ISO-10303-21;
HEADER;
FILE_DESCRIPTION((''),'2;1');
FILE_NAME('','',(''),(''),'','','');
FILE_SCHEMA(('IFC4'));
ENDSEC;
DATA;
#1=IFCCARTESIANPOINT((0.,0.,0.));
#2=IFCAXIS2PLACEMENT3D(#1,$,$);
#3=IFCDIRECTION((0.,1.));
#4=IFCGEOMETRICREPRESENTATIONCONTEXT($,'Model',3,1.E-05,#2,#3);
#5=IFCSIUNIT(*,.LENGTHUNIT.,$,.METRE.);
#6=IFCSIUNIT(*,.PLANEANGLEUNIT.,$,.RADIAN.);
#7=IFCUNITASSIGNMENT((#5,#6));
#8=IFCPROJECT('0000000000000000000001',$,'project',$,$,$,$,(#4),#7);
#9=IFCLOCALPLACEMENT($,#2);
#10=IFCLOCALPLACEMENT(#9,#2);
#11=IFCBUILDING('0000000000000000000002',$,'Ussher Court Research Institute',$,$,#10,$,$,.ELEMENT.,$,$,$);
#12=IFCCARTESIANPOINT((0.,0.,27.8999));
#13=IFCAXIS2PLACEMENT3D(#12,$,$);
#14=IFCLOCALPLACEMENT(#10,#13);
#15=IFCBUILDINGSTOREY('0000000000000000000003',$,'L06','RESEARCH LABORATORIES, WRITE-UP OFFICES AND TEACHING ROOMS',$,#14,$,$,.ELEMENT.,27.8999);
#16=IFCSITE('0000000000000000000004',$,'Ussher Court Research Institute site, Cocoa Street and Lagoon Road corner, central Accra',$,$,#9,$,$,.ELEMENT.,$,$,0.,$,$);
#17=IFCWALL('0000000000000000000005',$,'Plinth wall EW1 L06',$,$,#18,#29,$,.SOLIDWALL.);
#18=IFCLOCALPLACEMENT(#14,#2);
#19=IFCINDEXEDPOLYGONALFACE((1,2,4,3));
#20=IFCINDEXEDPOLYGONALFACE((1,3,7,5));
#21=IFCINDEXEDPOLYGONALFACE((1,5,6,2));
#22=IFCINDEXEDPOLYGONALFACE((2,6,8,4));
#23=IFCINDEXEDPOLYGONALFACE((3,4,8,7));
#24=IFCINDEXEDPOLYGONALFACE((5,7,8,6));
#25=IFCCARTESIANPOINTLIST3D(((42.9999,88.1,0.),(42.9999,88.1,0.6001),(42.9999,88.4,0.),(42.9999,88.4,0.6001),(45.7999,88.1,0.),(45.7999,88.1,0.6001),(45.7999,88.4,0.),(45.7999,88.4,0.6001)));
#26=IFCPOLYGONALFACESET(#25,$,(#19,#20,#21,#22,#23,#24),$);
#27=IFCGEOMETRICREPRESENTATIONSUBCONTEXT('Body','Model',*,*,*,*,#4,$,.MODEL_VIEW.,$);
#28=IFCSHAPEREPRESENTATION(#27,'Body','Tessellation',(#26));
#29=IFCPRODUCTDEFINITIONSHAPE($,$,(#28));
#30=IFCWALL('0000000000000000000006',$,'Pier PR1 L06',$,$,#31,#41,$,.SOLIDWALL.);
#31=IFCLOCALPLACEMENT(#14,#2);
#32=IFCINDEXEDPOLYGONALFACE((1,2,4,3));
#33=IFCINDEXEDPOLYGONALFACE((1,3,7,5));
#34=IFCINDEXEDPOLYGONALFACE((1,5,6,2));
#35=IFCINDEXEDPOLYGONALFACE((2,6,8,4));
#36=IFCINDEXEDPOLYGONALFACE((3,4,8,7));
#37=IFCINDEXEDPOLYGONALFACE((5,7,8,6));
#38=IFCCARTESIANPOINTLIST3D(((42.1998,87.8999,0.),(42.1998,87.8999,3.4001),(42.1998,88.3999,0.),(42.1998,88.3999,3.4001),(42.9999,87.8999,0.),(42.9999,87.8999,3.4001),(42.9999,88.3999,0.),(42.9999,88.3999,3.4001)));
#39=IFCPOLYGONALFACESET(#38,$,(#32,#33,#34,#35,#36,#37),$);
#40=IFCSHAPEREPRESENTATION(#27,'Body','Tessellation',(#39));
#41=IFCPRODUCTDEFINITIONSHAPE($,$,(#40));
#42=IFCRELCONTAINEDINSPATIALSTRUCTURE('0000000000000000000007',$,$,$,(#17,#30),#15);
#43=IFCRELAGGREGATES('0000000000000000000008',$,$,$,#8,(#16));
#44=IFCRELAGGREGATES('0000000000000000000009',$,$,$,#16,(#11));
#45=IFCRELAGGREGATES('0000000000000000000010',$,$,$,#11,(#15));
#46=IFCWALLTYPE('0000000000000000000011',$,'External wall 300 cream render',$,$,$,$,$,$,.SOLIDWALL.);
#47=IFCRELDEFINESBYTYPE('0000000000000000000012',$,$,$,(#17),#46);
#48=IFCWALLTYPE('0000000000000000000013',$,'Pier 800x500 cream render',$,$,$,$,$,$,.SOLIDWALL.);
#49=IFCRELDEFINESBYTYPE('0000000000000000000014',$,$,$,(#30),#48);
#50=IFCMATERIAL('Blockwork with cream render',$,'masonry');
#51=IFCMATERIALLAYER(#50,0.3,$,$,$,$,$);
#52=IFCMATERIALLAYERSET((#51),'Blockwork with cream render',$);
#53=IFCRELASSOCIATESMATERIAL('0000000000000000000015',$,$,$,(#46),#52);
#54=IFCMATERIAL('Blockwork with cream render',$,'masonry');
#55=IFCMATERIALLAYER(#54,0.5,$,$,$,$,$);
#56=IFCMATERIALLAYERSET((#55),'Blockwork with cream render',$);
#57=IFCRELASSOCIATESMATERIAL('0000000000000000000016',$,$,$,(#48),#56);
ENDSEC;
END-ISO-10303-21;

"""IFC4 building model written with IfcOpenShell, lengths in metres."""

from ifc_helpers import new_model, si_unit, direction, frame, frame_2d, origin, place, context, subcontext, project, spatial, rectangle, extrude, material, layer, layer_set, type_object, element, save


model = new_model("IFC4")

# Units and contexts
model_context = context("Model", 3, precision=1e-05, world=origin(), true_north=direction((0.0, 1.0)))
body_context = subcontext(model_context, "Body", "Model", "MODEL_VIEW")
ifc_project = project(units=[si_unit("LENGTHUNIT", "METRE"), si_unit("PLANEANGLEUNIT", "RADIAN")], contexts=[model_context])

# Site, building, storey
site_placement = place(None, origin())
site = spatial("IfcSite", under=ifc_project, at=site_placement, Name="Ussher Court Research Institute site, Cocoa Street and Lagoon Road corner, central Accra", CompositionType="ELEMENT", RefElevation=0.0)
building_placement = place(site_placement, origin())
building = spatial("IfcBuilding", under=site, at=building_placement, Name="Ussher Court Research Institute", CompositionType="ELEMENT")
storey_placement = place(building_placement, frame((0.0, 0.0, 27.8999)))
storey = spatial("IfcBuildingStorey", under=building, at=storey_placement, Name="L06", Description="RESEARCH LABORATORIES, WRITE-UP OFFICES AND TEACHING ROOMS", CompositionType="ELEMENT", Elevation=27.8999)

# Shared definitions
ifc_material_1 = material(Name="Blockwork with cream render", Category="masonry")
ifc_layer_1 = layer(ifc_material_1, 0.3)
ifc_layer_set_1 = layer_set([ifc_layer_1], Name="Blockwork with cream render")
wall_type_1 = type_object("IfcWallType", Name="External wall 300 cream render", PredefinedType="SOLIDWALL", material=ifc_layer_set_1)

# Walls
wall_1_placement = place(storey_placement, frame((43.0, 88.25, 0.0), z_axis=(0.0, 0.0, 1.0), x_axis=(1.0, 0.0, 0.0)))
element("IfcWall", 1, at=wall_1_placement, inside=storey, type_object=wall_type_1, Name="Plinth wall EW1 L06", PredefinedType="SOLIDWALL", context=body_context, shape_type="SweptSolid", body=[
    extrude(rectangle(XDim=2.8, YDim=0.3, at=frame_2d((1.3999, 0.0))), origin(), (0.0, 0.0, 1.0), 0.6001),
])
ifc_material_2 = material(Name="Blockwork with cream render", Category="masonry")
ifc_layer_2 = layer(ifc_material_2, 0.5)
ifc_layer_set_2 = layer_set([ifc_layer_2], Name="Blockwork with cream render")
wall_type_2 = type_object("IfcWallType", Name="Pier 800x500 cream render", PredefinedType="SOLIDWALL", material=ifc_layer_set_2)
wall_2_placement = place(storey_placement, frame((42.2, 88.1499, 0.0), z_axis=(0.0, 0.0, 1.0), x_axis=(1.0, 0.0, 0.0)))
element("IfcWall", 2, at=wall_2_placement, inside=storey, type_object=wall_type_2, Name="Pier PR1 L06", PredefinedType="SOLIDWALL", context=body_context, shape_type="SweptSolid", body=[
    extrude(rectangle(XDim=0.8, YDim=0.5, at=frame_2d((0.3999, 0.0))), origin(), (0.0, 0.0, 1.0), 3.4001),
])

save(model, "model.ifc")
